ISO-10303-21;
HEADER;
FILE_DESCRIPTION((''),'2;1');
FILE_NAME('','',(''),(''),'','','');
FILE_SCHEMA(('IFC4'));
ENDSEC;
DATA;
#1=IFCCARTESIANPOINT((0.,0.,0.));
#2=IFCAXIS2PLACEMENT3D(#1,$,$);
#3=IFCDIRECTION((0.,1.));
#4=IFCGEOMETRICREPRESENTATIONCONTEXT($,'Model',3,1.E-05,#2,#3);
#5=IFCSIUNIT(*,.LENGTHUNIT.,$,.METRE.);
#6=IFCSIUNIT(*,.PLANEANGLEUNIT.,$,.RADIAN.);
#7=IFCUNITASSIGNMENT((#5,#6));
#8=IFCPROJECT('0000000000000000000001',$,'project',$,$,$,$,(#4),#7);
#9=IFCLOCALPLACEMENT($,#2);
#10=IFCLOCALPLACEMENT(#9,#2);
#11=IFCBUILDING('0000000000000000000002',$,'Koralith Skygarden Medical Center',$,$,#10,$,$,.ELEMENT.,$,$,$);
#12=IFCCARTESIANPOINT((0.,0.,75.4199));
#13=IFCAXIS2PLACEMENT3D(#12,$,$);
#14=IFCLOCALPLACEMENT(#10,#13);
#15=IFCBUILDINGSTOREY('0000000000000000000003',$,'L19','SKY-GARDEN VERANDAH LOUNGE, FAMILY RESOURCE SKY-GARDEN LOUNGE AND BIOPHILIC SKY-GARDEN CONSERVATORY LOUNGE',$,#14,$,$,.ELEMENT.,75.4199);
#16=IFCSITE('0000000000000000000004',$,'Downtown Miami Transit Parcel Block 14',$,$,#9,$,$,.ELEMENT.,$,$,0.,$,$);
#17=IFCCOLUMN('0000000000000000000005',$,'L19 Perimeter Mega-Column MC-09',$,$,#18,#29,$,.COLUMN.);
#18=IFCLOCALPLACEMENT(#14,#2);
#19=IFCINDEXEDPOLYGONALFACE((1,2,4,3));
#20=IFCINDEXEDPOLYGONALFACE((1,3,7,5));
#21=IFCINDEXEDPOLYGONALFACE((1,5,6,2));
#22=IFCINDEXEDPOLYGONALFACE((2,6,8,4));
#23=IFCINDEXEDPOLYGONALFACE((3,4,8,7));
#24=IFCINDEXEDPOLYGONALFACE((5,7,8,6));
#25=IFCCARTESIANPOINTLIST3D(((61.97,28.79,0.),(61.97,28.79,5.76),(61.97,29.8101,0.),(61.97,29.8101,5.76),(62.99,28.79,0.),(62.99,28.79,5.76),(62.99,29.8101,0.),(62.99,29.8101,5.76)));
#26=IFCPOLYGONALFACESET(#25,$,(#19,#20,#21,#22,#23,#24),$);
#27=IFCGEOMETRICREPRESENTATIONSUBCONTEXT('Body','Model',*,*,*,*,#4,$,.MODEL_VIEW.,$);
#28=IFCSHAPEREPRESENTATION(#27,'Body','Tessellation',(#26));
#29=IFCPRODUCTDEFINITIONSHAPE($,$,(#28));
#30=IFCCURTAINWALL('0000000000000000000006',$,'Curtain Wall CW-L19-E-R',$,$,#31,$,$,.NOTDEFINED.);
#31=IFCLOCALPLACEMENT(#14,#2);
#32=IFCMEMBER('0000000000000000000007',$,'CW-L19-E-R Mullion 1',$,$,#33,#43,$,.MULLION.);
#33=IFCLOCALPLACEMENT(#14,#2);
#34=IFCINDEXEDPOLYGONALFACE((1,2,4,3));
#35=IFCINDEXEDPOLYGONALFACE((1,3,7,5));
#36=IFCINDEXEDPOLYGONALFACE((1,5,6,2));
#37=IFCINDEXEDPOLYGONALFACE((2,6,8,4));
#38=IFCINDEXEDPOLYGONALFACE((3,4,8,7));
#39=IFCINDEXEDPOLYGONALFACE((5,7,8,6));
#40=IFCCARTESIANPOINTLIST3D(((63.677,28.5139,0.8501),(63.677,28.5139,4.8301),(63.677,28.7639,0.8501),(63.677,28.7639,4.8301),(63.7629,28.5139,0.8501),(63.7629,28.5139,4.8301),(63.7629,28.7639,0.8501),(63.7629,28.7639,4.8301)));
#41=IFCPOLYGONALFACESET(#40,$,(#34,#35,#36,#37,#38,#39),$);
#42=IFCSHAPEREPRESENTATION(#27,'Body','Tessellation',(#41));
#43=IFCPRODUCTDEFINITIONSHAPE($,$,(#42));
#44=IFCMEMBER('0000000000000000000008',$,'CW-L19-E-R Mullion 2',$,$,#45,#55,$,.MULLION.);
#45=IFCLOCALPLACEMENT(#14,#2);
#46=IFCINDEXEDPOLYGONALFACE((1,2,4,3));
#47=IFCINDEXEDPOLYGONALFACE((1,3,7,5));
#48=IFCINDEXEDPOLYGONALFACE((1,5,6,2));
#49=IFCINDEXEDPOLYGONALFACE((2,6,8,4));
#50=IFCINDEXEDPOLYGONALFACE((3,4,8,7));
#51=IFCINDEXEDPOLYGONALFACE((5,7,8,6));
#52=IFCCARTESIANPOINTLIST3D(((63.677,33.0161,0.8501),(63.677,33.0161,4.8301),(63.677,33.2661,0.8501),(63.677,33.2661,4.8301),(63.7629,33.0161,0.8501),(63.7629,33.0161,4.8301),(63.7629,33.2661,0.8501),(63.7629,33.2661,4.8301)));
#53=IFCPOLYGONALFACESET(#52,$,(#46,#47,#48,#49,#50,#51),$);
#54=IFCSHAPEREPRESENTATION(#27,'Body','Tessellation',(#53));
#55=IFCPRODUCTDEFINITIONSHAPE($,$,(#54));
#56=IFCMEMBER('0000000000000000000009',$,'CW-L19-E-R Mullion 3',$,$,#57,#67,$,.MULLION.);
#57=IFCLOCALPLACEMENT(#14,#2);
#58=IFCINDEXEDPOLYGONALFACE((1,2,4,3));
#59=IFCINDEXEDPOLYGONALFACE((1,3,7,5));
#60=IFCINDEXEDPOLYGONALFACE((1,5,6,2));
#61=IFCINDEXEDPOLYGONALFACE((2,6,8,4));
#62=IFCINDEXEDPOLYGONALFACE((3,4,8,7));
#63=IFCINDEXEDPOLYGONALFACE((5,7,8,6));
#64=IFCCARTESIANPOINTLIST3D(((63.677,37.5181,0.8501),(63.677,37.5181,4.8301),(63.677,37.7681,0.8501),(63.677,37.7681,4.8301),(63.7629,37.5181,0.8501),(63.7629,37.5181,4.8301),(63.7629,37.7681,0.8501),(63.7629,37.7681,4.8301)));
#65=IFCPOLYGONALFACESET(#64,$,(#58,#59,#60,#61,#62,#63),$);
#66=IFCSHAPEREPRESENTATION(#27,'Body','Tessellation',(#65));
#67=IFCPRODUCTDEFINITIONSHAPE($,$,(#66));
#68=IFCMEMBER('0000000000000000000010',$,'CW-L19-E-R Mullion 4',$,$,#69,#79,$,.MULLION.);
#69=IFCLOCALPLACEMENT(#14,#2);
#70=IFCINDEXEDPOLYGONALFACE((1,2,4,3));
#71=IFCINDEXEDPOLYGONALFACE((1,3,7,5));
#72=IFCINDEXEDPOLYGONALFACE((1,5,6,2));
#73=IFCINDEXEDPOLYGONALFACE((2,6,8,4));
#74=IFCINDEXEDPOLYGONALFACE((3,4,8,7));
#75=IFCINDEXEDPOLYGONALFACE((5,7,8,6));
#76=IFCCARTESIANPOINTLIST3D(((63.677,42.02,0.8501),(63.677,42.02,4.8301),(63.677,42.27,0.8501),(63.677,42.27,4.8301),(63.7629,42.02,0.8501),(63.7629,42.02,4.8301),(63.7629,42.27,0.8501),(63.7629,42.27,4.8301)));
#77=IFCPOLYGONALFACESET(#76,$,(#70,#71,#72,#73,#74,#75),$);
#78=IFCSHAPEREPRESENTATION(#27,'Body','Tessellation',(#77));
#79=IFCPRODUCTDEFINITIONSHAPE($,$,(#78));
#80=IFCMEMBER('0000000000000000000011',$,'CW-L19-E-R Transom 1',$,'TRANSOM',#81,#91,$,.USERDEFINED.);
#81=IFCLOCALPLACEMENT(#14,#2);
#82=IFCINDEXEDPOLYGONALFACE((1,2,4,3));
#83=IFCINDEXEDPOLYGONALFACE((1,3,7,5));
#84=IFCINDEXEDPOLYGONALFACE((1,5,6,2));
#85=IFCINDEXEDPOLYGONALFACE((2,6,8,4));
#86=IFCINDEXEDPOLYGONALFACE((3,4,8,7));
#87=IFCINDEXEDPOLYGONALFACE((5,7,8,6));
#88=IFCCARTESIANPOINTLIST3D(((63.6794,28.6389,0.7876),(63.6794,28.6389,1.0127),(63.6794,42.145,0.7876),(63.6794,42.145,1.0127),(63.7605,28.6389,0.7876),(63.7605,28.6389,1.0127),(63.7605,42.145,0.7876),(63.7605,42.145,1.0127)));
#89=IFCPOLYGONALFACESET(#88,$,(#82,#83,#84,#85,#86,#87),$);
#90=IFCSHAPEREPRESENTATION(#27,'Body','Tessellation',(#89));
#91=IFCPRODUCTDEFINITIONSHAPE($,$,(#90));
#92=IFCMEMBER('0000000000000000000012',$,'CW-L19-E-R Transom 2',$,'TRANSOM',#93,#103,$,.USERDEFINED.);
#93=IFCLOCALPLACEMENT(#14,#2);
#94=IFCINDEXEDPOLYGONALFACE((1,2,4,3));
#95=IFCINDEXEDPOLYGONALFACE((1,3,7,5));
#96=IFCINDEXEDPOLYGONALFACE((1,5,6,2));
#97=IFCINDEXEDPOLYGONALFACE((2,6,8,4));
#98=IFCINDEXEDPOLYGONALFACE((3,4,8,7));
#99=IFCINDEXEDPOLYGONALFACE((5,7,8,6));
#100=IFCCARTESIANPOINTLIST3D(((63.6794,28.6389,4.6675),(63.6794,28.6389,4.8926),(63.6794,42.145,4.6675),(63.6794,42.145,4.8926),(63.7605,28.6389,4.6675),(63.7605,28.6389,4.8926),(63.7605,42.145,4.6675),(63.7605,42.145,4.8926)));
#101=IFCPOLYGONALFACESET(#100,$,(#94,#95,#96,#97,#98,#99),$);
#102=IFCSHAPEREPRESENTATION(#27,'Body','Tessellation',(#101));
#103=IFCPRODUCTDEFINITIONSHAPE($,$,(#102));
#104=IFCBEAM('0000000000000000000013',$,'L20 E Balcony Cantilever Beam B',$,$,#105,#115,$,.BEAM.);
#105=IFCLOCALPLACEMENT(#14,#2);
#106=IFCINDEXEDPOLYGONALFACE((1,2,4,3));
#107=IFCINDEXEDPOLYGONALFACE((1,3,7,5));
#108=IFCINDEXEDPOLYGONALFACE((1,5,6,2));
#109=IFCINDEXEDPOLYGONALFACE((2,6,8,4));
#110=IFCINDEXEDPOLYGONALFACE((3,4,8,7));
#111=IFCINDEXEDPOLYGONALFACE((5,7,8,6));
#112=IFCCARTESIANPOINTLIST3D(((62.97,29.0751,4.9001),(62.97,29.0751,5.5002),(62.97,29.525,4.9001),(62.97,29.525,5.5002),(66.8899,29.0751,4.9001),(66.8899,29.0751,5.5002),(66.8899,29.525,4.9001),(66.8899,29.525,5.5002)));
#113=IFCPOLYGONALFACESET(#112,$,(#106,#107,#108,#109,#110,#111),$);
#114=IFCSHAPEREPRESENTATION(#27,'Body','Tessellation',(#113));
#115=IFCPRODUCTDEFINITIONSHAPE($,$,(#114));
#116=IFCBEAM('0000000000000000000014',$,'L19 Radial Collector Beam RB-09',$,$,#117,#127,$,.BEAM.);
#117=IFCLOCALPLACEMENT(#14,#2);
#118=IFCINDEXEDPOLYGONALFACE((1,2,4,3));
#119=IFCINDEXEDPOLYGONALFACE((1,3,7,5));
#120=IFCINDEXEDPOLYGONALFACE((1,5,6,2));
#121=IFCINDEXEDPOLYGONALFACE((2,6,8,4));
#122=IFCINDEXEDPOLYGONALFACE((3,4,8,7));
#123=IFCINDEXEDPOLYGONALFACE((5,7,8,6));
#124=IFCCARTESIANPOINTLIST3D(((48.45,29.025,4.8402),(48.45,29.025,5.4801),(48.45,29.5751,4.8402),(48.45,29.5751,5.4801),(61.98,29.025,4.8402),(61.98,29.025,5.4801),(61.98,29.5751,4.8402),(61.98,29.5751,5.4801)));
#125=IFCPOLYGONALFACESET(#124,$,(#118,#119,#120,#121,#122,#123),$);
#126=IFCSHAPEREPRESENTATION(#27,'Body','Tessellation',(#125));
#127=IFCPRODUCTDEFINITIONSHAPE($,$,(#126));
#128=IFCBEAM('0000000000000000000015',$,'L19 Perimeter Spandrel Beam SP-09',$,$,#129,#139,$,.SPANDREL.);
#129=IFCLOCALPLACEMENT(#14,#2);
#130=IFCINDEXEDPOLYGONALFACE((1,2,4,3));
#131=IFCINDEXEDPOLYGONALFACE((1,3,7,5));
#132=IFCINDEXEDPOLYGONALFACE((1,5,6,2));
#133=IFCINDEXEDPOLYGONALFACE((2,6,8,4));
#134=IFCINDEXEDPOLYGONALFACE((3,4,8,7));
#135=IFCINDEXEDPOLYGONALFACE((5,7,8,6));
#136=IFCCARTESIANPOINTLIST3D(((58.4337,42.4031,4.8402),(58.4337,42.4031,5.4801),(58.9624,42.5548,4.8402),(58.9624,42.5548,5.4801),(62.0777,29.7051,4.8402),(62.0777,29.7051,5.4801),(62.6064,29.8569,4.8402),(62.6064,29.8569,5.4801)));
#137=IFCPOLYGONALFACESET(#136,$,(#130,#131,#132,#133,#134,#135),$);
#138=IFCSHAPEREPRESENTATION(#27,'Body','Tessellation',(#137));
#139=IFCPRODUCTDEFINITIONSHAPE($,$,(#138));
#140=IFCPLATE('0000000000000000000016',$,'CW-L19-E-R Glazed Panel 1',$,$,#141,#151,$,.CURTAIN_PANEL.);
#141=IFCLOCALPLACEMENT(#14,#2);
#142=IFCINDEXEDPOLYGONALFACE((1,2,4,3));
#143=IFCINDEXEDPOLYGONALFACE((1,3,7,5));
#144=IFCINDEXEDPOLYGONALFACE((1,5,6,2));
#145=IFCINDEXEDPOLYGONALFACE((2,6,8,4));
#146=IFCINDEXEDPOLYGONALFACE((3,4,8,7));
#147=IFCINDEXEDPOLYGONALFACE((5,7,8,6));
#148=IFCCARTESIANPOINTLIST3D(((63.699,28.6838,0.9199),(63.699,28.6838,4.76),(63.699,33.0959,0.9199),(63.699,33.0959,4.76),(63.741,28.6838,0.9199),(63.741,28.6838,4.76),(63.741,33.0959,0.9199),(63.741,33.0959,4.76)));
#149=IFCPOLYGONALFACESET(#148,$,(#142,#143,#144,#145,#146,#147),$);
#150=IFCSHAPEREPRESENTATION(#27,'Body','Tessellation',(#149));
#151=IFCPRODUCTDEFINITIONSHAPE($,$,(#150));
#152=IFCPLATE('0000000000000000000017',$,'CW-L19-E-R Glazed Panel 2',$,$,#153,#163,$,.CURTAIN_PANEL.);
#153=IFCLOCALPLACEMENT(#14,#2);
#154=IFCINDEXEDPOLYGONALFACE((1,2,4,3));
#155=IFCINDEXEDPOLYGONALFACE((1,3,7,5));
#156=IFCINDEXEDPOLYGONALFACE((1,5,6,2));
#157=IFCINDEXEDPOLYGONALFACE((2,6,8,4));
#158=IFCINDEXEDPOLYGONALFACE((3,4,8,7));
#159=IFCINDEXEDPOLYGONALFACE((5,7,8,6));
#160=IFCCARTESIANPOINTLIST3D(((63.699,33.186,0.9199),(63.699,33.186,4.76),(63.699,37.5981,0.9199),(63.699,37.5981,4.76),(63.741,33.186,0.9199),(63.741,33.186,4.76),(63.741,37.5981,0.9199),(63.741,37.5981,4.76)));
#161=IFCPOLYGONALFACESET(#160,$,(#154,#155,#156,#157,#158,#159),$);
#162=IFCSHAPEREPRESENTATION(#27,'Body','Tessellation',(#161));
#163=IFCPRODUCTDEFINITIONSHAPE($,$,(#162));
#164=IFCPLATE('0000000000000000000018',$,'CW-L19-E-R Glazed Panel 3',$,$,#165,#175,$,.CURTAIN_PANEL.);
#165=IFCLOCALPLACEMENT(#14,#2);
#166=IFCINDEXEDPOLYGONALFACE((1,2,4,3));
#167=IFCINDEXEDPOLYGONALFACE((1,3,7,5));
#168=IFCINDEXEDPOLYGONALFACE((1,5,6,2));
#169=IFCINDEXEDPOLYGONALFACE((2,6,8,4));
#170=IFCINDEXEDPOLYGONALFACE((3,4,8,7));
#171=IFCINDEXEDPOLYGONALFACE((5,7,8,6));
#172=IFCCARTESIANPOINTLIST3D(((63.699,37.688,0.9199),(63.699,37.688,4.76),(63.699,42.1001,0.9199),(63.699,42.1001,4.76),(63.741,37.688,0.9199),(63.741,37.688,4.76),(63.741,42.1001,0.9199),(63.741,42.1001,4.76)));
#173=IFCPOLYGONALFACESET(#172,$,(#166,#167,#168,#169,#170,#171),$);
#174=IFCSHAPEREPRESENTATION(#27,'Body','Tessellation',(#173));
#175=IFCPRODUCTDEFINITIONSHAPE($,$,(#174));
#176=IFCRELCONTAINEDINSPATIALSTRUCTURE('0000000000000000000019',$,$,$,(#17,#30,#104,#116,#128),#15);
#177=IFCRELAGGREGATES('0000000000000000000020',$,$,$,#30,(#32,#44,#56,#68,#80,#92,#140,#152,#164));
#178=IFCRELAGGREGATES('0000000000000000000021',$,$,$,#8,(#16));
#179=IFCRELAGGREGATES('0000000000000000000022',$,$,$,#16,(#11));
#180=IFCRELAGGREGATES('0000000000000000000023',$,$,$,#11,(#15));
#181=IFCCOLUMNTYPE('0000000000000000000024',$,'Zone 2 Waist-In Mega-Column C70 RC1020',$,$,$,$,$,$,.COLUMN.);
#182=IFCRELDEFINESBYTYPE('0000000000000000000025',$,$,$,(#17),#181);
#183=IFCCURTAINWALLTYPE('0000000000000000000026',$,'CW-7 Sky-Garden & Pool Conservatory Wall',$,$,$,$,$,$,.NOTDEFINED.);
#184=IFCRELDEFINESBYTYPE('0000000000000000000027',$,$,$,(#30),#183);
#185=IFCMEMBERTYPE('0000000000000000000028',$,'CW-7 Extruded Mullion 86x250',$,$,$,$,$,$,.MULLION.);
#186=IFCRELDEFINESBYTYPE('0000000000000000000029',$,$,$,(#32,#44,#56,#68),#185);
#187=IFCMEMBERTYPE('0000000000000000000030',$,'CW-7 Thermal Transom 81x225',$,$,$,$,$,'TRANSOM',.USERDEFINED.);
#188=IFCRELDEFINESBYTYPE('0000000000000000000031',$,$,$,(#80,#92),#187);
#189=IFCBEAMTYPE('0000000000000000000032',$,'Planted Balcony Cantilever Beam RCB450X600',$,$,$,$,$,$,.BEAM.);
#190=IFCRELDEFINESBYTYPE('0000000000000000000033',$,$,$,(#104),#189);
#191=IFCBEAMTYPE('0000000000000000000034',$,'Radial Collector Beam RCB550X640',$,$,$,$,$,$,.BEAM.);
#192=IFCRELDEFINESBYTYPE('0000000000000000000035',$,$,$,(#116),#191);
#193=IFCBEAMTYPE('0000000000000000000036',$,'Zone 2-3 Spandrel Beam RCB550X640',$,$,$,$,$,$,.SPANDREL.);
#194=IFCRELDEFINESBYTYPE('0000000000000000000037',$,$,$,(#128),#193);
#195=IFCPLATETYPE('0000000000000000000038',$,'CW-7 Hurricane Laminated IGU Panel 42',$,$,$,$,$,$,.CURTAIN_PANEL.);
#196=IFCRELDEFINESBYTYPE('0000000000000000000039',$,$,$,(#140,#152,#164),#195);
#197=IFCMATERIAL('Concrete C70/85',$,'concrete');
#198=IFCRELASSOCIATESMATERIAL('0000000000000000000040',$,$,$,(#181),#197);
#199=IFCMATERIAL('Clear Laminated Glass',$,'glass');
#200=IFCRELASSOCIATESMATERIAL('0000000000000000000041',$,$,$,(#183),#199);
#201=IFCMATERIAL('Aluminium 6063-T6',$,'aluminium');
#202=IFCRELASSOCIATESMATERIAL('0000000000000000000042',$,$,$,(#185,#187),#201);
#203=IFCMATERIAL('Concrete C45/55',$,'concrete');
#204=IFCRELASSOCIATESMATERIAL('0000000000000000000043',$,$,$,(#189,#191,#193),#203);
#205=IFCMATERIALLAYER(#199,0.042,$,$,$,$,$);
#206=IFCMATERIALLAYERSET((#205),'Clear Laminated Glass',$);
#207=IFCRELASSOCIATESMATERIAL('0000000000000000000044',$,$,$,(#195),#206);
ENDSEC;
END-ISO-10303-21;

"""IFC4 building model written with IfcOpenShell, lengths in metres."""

from ifc_helpers import new_model, si_unit, direction, frame, origin, origin_2d, place, context, subcontext, project, spatial, rectangle, extrude, material, layer, layer_set, material_profile, profile_set, type_object, element, aggregate, save


model = new_model("IFC4")

# Units and contexts
model_context = context("Model", 3, precision=1e-05, world=origin(), true_north=direction((0.0, 1.0)))
body_context = subcontext(model_context, "Body", "Model", "MODEL_VIEW")
ifc_project = project(units=[si_unit("LENGTHUNIT", "METRE"), si_unit("PLANEANGLEUNIT", "RADIAN")], contexts=[model_context])

# Site, building, storey
site_placement = place(None, origin())
site = spatial("IfcSite", under=ifc_project, at=site_placement, Name="Downtown Miami Transit Parcel Block 14", CompositionType="ELEMENT", RefElevation=0.0)
building_placement = place(site_placement, origin())
building = spatial("IfcBuilding", under=site, at=building_placement, Name="Koralith Skygarden Medical Center", CompositionType="ELEMENT")
storey_placement = place(building_placement, frame((0.0, 0.0, 75.4199)))
storey = spatial("IfcBuildingStorey", under=building, at=storey_placement, Name="L19", Description="SKY-GARDEN VERANDAH LOUNGE, FAMILY RESOURCE SKY-GARDEN LOUNGE AND BIOPHILIC SKY-GARDEN CONSERVATORY LOUNGE", CompositionType="ELEMENT", Elevation=75.4199)

# Column
ifc_material_1 = material(Name="Concrete C70/85", Category="concrete")
ifc_material_profile_1 = material_profile(ifc_material_1, rectangle(XDim=1.02, YDim=1.02, at=origin_2d()), Name="RC1020X1020")
ifc_profile_set_1 = profile_set([ifc_material_profile_1], Name="Concrete C70/85")
column_type = type_object("IfcColumnType", Name="Zone 2 Waist-In Mega-Column C70 RC1020", PredefinedType="COLUMN", material=ifc_profile_set_1)
column_placement = place(storey_placement, frame((62.48, 29.3, 0.0), z_axis=(0.0, 0.0, 1.0), x_axis=(1.0, 0.0, 0.0)))
element("IfcColumn", 1, at=column_placement, inside=storey, type_object=column_type, Name="L19 Perimeter Mega-Column MC-09", PredefinedType="COLUMN", context=body_context, shape_type="SweptSolid", body=[
    extrude(rectangle(XDim=1.02, YDim=1.02, at=origin_2d()), origin(), (0.0, 0.0, 1.0), 5.76),
])

# Curtain wall, members
ifc_material_2 = material(Name="Clear Laminated Glass", Category="glass")
curtain_wall_type = type_object("IfcCurtainWallType", Name="CW-7 Sky-Garden & Pool Conservatory Wall", PredefinedType="NOTDEFINED", material=ifc_material_2)
curtain_wall_placement = place(storey_placement, origin())
curtain_wall = element("IfcCurtainWall", 2, at=curtain_wall_placement, inside=storey, type_object=curtain_wall_type, Name="Curtain Wall CW-L19-E-R", PredefinedType="NOTDEFINED")
ifc_material_3 = material(Name="Aluminium 6063-T6", Category="aluminium")
ifc_material_profile_2 = material_profile(ifc_material_3, rectangle(XDim=0.0859, YDim=0.25, at=origin_2d()), Name="MUL86X250")
ifc_profile_set_2 = profile_set([ifc_material_profile_2], Name="Aluminium 6063-T6")
member_type_1 = type_object("IfcMemberType", Name="CW-7 Extruded Mullion 86x250", PredefinedType="MULLION", material=ifc_profile_set_2)
member_1_placement = place(storey_placement, frame((63.72, 28.6389, 0.8501), z_axis=(0.0, 0.0, 1.0), x_axis=(1.0, 0.0, 0.0)))
member_1 = element("IfcMember", 3, at=member_1_placement, type_object=member_type_1, Name="CW-L19-E-R Mullion 1", PredefinedType="MULLION", context=body_context, shape_type="SweptSolid", body=[
    extrude(rectangle(XDim=0.0859, YDim=0.25, at=origin_2d()), origin(), (0.0, 0.0, 1.0), 3.98),
])
member_2_placement = place(storey_placement, frame((63.72, 33.1411, 0.8501), z_axis=(0.0, 0.0, 1.0), x_axis=(1.0, 0.0, 0.0)))
member_2 = element("IfcMember", 4, at=member_2_placement, type_object=member_type_1, Name="CW-L19-E-R Mullion 2", PredefinedType="MULLION", context=body_context, shape_type="SweptSolid", body=[
    extrude(rectangle(XDim=0.0859, YDim=0.25, at=origin_2d()), origin(), (0.0, 0.0, 1.0), 3.98),
])
member_3_placement = place(storey_placement, frame((63.72, 37.6431, 0.8501), z_axis=(0.0, 0.0, 1.0), x_axis=(1.0, 0.0, 0.0)))
member_3 = element("IfcMember", 5, at=member_3_placement, type_object=member_type_1, Name="CW-L19-E-R Mullion 3", PredefinedType="MULLION", context=body_context, shape_type="SweptSolid", body=[
    extrude(rectangle(XDim=0.0859, YDim=0.25, at=origin_2d()), origin(), (0.0, 0.0, 1.0), 3.98),
])
member_4_placement = place(storey_placement, frame((63.72, 42.145, 0.8501), z_axis=(0.0, 0.0, 1.0), x_axis=(1.0, 0.0, 0.0)))
member_4 = element("IfcMember", 6, at=member_4_placement, type_object=member_type_1, Name="CW-L19-E-R Mullion 4", PredefinedType="MULLION", context=body_context, shape_type="SweptSolid", body=[
    extrude(rectangle(XDim=0.0859, YDim=0.25, at=origin_2d()), origin(), (0.0, 0.0, 1.0), 3.98),
])
ifc_material_profile_3 = material_profile(ifc_material_3, rectangle(XDim=0.0811, YDim=0.2251, at=origin_2d()), Name="TRN81X225")
ifc_profile_set_3 = profile_set([ifc_material_profile_3], Name="Aluminium 6063-T6")
member_type_2 = type_object("IfcMemberType", Name="CW-7 Thermal Transom 81x225", ElementType="TRANSOM", PredefinedType="USERDEFINED", material=ifc_profile_set_3)
member_5_placement = place(storey_placement, frame((63.72, 28.6389, 0.9001), z_axis=(0.0, 1.0, 0.0), x_axis=(-1.0, 0.0, 0.0)))
member_5 = element("IfcMember", 7, at=member_5_placement, type_object=member_type_2, Name="CW-L19-E-R Transom 1", ObjectType="TRANSOM", PredefinedType="USERDEFINED", context=body_context, shape_type="SweptSolid", body=[
    extrude(rectangle(XDim=0.0811, YDim=0.2251, at=origin_2d()), origin(), (0.0, 0.0, 1.0), 13.5061),
])
member_6_placement = place(storey_placement, frame((63.72, 28.6389, 4.78), z_axis=(0.0, 1.0, 0.0), x_axis=(-1.0, 0.0, 0.0)))
member_6 = element("IfcMember", 8, at=member_6_placement, type_object=member_type_2, Name="CW-L19-E-R Transom 2", ObjectType="TRANSOM", PredefinedType="USERDEFINED", context=body_context, shape_type="SweptSolid", body=[
    extrude(rectangle(XDim=0.0811, YDim=0.2251, at=origin_2d()), origin(), (0.0, 0.0, 1.0), 13.5061),
])

# Beams
ifc_material_4 = material(Name="Concrete C45/55", Category="concrete")
ifc_material_profile_4 = material_profile(ifc_material_4, rectangle(XDim=0.45, YDim=0.6001, at=origin_2d()), Name="RCB450X600")
ifc_profile_set_4 = profile_set([ifc_material_profile_4], Name="Concrete C45/55")
beam_type_1 = type_object("IfcBeamType", Name="Planted Balcony Cantilever Beam RCB450X600", PredefinedType="BEAM", material=ifc_profile_set_4)
beam_1_placement = place(storey_placement, frame((62.97, 29.3, 5.2002), z_axis=(1.0, 0.0, 0.0), x_axis=(0.0, 1.0, 0.0)))
element("IfcBeam", 9, at=beam_1_placement, inside=storey, type_object=beam_type_1, Name="L20 E Balcony Cantilever Beam B", PredefinedType="BEAM", context=body_context, shape_type="SweptSolid", body=[
    extrude(rectangle(XDim=0.45, YDim=0.6001, at=origin_2d()), origin(), (0.0, 0.0, 1.0), 3.9199),
])
ifc_material_profile_5 = material_profile(ifc_material_4, rectangle(XDim=0.55, YDim=0.6399, at=origin_2d()), Name="RCB550X640")
ifc_profile_set_5 = profile_set([ifc_material_profile_5], Name="Concrete C45/55")
beam_type_2 = type_object("IfcBeamType", Name="Radial Collector Beam RCB550X640", PredefinedType="BEAM", material=ifc_profile_set_5)
beam_2_placement = place(storey_placement, frame((48.45, 29.3, 5.1602), z_axis=(1.0, 0.0, 0.0), x_axis=(0.0, 1.0, 0.0)))
element("IfcBeam", 10, at=beam_2_placement, inside=storey, type_object=beam_type_2, Name="L19 Radial Collector Beam RB-09", PredefinedType="BEAM", context=body_context, shape_type="SweptSolid", body=[
    extrude(rectangle(XDim=0.55, YDim=0.6399, at=origin_2d()), origin(), (0.0, 0.0, 1.0), 13.53),
])
ifc_material_profile_6 = material_profile(ifc_material_4, rectangle(XDim=0.55, YDim=0.6399, at=origin_2d()), Name="RCB550X640")
ifc_profile_set_6 = profile_set([ifc_material_profile_6], Name="Concrete C45/55")
beam_type_3 = type_object("IfcBeamType", Name="Zone 2-3 Spandrel Beam RCB550X640", PredefinedType="SPANDREL", material=ifc_profile_set_6)
beam_3_placement = place(storey_placement, frame((62.342, 29.781, 5.1602), z_axis=(-0.275844, 0.961202, 0.0), x_axis=(-0.961202, -0.275844, 0.0)))
element("IfcBeam", 11, at=beam_3_placement, inside=storey, type_object=beam_type_3, Name="L19 Perimeter Spandrel Beam SP-09", PredefinedType="SPANDREL", context=body_context, shape_type="SweptSolid", body=[
    extrude(rectangle(XDim=0.55, YDim=0.6399, at=origin_2d()), origin(), (0.0, 0.0, 1.0), 13.2104),
])

# Plates
ifc_layer_1 = layer(ifc_material_2, 0.042)
ifc_layer_set_1 = layer_set([ifc_layer_1], Name="Clear Laminated Glass")
plate_type_1 = type_object("IfcPlateType", Name="CW-7 Hurricane Laminated IGU Panel 42", PredefinedType="CURTAIN_PANEL", material=ifc_layer_set_1)
plate_1_placement = place(storey_placement, frame((63.72, 30.8899, 0.9199), z_axis=(0.0, 0.0, 1.0), x_axis=(0.0, 1.0, 0.0)))
plate_1 = element("IfcPlate", 12, at=plate_1_placement, type_object=plate_type_1, Name="CW-L19-E-R Glazed Panel 1", PredefinedType="CURTAIN_PANEL", context=body_context, shape_type="SweptSolid", body=[
    extrude(rectangle(XDim=4.4121, YDim=0.042, at=origin_2d()), origin(), (0.0, 0.0, 1.0), 3.8401),
])
plate_2_placement = place(storey_placement, frame((63.72, 35.3921, 0.9199), z_axis=(0.0, 0.0, 1.0), x_axis=(0.0, 1.0, 0.0)))
plate_2 = element("IfcPlate", 13, at=plate_2_placement, type_object=plate_type_1, Name="CW-L19-E-R Glazed Panel 2", PredefinedType="CURTAIN_PANEL", context=body_context, shape_type="SweptSolid", body=[
    extrude(rectangle(XDim=4.4121, YDim=0.042, at=origin_2d()), origin(), (0.0, 0.0, 1.0), 3.8401),
])
plate_3_placement = place(storey_placement, frame((63.72, 39.894, 0.9199), z_axis=(0.0, 0.0, 1.0), x_axis=(0.0, 1.0, 0.0)))
plate_3 = element("IfcPlate", 14, at=plate_3_placement, type_object=plate_type_1, Name="CW-L19-E-R Glazed Panel 3", PredefinedType="CURTAIN_PANEL", context=body_context, shape_type="SweptSolid", body=[
    extrude(rectangle(XDim=4.4121, YDim=0.042, at=origin_2d()), origin(), (0.0, 0.0, 1.0), 3.8401),
])
aggregate(curtain_wall, [member_1, member_2, member_3, member_4, member_5, member_6, plate_1, plate_2, plate_3])

save(model, "model.ifc")
